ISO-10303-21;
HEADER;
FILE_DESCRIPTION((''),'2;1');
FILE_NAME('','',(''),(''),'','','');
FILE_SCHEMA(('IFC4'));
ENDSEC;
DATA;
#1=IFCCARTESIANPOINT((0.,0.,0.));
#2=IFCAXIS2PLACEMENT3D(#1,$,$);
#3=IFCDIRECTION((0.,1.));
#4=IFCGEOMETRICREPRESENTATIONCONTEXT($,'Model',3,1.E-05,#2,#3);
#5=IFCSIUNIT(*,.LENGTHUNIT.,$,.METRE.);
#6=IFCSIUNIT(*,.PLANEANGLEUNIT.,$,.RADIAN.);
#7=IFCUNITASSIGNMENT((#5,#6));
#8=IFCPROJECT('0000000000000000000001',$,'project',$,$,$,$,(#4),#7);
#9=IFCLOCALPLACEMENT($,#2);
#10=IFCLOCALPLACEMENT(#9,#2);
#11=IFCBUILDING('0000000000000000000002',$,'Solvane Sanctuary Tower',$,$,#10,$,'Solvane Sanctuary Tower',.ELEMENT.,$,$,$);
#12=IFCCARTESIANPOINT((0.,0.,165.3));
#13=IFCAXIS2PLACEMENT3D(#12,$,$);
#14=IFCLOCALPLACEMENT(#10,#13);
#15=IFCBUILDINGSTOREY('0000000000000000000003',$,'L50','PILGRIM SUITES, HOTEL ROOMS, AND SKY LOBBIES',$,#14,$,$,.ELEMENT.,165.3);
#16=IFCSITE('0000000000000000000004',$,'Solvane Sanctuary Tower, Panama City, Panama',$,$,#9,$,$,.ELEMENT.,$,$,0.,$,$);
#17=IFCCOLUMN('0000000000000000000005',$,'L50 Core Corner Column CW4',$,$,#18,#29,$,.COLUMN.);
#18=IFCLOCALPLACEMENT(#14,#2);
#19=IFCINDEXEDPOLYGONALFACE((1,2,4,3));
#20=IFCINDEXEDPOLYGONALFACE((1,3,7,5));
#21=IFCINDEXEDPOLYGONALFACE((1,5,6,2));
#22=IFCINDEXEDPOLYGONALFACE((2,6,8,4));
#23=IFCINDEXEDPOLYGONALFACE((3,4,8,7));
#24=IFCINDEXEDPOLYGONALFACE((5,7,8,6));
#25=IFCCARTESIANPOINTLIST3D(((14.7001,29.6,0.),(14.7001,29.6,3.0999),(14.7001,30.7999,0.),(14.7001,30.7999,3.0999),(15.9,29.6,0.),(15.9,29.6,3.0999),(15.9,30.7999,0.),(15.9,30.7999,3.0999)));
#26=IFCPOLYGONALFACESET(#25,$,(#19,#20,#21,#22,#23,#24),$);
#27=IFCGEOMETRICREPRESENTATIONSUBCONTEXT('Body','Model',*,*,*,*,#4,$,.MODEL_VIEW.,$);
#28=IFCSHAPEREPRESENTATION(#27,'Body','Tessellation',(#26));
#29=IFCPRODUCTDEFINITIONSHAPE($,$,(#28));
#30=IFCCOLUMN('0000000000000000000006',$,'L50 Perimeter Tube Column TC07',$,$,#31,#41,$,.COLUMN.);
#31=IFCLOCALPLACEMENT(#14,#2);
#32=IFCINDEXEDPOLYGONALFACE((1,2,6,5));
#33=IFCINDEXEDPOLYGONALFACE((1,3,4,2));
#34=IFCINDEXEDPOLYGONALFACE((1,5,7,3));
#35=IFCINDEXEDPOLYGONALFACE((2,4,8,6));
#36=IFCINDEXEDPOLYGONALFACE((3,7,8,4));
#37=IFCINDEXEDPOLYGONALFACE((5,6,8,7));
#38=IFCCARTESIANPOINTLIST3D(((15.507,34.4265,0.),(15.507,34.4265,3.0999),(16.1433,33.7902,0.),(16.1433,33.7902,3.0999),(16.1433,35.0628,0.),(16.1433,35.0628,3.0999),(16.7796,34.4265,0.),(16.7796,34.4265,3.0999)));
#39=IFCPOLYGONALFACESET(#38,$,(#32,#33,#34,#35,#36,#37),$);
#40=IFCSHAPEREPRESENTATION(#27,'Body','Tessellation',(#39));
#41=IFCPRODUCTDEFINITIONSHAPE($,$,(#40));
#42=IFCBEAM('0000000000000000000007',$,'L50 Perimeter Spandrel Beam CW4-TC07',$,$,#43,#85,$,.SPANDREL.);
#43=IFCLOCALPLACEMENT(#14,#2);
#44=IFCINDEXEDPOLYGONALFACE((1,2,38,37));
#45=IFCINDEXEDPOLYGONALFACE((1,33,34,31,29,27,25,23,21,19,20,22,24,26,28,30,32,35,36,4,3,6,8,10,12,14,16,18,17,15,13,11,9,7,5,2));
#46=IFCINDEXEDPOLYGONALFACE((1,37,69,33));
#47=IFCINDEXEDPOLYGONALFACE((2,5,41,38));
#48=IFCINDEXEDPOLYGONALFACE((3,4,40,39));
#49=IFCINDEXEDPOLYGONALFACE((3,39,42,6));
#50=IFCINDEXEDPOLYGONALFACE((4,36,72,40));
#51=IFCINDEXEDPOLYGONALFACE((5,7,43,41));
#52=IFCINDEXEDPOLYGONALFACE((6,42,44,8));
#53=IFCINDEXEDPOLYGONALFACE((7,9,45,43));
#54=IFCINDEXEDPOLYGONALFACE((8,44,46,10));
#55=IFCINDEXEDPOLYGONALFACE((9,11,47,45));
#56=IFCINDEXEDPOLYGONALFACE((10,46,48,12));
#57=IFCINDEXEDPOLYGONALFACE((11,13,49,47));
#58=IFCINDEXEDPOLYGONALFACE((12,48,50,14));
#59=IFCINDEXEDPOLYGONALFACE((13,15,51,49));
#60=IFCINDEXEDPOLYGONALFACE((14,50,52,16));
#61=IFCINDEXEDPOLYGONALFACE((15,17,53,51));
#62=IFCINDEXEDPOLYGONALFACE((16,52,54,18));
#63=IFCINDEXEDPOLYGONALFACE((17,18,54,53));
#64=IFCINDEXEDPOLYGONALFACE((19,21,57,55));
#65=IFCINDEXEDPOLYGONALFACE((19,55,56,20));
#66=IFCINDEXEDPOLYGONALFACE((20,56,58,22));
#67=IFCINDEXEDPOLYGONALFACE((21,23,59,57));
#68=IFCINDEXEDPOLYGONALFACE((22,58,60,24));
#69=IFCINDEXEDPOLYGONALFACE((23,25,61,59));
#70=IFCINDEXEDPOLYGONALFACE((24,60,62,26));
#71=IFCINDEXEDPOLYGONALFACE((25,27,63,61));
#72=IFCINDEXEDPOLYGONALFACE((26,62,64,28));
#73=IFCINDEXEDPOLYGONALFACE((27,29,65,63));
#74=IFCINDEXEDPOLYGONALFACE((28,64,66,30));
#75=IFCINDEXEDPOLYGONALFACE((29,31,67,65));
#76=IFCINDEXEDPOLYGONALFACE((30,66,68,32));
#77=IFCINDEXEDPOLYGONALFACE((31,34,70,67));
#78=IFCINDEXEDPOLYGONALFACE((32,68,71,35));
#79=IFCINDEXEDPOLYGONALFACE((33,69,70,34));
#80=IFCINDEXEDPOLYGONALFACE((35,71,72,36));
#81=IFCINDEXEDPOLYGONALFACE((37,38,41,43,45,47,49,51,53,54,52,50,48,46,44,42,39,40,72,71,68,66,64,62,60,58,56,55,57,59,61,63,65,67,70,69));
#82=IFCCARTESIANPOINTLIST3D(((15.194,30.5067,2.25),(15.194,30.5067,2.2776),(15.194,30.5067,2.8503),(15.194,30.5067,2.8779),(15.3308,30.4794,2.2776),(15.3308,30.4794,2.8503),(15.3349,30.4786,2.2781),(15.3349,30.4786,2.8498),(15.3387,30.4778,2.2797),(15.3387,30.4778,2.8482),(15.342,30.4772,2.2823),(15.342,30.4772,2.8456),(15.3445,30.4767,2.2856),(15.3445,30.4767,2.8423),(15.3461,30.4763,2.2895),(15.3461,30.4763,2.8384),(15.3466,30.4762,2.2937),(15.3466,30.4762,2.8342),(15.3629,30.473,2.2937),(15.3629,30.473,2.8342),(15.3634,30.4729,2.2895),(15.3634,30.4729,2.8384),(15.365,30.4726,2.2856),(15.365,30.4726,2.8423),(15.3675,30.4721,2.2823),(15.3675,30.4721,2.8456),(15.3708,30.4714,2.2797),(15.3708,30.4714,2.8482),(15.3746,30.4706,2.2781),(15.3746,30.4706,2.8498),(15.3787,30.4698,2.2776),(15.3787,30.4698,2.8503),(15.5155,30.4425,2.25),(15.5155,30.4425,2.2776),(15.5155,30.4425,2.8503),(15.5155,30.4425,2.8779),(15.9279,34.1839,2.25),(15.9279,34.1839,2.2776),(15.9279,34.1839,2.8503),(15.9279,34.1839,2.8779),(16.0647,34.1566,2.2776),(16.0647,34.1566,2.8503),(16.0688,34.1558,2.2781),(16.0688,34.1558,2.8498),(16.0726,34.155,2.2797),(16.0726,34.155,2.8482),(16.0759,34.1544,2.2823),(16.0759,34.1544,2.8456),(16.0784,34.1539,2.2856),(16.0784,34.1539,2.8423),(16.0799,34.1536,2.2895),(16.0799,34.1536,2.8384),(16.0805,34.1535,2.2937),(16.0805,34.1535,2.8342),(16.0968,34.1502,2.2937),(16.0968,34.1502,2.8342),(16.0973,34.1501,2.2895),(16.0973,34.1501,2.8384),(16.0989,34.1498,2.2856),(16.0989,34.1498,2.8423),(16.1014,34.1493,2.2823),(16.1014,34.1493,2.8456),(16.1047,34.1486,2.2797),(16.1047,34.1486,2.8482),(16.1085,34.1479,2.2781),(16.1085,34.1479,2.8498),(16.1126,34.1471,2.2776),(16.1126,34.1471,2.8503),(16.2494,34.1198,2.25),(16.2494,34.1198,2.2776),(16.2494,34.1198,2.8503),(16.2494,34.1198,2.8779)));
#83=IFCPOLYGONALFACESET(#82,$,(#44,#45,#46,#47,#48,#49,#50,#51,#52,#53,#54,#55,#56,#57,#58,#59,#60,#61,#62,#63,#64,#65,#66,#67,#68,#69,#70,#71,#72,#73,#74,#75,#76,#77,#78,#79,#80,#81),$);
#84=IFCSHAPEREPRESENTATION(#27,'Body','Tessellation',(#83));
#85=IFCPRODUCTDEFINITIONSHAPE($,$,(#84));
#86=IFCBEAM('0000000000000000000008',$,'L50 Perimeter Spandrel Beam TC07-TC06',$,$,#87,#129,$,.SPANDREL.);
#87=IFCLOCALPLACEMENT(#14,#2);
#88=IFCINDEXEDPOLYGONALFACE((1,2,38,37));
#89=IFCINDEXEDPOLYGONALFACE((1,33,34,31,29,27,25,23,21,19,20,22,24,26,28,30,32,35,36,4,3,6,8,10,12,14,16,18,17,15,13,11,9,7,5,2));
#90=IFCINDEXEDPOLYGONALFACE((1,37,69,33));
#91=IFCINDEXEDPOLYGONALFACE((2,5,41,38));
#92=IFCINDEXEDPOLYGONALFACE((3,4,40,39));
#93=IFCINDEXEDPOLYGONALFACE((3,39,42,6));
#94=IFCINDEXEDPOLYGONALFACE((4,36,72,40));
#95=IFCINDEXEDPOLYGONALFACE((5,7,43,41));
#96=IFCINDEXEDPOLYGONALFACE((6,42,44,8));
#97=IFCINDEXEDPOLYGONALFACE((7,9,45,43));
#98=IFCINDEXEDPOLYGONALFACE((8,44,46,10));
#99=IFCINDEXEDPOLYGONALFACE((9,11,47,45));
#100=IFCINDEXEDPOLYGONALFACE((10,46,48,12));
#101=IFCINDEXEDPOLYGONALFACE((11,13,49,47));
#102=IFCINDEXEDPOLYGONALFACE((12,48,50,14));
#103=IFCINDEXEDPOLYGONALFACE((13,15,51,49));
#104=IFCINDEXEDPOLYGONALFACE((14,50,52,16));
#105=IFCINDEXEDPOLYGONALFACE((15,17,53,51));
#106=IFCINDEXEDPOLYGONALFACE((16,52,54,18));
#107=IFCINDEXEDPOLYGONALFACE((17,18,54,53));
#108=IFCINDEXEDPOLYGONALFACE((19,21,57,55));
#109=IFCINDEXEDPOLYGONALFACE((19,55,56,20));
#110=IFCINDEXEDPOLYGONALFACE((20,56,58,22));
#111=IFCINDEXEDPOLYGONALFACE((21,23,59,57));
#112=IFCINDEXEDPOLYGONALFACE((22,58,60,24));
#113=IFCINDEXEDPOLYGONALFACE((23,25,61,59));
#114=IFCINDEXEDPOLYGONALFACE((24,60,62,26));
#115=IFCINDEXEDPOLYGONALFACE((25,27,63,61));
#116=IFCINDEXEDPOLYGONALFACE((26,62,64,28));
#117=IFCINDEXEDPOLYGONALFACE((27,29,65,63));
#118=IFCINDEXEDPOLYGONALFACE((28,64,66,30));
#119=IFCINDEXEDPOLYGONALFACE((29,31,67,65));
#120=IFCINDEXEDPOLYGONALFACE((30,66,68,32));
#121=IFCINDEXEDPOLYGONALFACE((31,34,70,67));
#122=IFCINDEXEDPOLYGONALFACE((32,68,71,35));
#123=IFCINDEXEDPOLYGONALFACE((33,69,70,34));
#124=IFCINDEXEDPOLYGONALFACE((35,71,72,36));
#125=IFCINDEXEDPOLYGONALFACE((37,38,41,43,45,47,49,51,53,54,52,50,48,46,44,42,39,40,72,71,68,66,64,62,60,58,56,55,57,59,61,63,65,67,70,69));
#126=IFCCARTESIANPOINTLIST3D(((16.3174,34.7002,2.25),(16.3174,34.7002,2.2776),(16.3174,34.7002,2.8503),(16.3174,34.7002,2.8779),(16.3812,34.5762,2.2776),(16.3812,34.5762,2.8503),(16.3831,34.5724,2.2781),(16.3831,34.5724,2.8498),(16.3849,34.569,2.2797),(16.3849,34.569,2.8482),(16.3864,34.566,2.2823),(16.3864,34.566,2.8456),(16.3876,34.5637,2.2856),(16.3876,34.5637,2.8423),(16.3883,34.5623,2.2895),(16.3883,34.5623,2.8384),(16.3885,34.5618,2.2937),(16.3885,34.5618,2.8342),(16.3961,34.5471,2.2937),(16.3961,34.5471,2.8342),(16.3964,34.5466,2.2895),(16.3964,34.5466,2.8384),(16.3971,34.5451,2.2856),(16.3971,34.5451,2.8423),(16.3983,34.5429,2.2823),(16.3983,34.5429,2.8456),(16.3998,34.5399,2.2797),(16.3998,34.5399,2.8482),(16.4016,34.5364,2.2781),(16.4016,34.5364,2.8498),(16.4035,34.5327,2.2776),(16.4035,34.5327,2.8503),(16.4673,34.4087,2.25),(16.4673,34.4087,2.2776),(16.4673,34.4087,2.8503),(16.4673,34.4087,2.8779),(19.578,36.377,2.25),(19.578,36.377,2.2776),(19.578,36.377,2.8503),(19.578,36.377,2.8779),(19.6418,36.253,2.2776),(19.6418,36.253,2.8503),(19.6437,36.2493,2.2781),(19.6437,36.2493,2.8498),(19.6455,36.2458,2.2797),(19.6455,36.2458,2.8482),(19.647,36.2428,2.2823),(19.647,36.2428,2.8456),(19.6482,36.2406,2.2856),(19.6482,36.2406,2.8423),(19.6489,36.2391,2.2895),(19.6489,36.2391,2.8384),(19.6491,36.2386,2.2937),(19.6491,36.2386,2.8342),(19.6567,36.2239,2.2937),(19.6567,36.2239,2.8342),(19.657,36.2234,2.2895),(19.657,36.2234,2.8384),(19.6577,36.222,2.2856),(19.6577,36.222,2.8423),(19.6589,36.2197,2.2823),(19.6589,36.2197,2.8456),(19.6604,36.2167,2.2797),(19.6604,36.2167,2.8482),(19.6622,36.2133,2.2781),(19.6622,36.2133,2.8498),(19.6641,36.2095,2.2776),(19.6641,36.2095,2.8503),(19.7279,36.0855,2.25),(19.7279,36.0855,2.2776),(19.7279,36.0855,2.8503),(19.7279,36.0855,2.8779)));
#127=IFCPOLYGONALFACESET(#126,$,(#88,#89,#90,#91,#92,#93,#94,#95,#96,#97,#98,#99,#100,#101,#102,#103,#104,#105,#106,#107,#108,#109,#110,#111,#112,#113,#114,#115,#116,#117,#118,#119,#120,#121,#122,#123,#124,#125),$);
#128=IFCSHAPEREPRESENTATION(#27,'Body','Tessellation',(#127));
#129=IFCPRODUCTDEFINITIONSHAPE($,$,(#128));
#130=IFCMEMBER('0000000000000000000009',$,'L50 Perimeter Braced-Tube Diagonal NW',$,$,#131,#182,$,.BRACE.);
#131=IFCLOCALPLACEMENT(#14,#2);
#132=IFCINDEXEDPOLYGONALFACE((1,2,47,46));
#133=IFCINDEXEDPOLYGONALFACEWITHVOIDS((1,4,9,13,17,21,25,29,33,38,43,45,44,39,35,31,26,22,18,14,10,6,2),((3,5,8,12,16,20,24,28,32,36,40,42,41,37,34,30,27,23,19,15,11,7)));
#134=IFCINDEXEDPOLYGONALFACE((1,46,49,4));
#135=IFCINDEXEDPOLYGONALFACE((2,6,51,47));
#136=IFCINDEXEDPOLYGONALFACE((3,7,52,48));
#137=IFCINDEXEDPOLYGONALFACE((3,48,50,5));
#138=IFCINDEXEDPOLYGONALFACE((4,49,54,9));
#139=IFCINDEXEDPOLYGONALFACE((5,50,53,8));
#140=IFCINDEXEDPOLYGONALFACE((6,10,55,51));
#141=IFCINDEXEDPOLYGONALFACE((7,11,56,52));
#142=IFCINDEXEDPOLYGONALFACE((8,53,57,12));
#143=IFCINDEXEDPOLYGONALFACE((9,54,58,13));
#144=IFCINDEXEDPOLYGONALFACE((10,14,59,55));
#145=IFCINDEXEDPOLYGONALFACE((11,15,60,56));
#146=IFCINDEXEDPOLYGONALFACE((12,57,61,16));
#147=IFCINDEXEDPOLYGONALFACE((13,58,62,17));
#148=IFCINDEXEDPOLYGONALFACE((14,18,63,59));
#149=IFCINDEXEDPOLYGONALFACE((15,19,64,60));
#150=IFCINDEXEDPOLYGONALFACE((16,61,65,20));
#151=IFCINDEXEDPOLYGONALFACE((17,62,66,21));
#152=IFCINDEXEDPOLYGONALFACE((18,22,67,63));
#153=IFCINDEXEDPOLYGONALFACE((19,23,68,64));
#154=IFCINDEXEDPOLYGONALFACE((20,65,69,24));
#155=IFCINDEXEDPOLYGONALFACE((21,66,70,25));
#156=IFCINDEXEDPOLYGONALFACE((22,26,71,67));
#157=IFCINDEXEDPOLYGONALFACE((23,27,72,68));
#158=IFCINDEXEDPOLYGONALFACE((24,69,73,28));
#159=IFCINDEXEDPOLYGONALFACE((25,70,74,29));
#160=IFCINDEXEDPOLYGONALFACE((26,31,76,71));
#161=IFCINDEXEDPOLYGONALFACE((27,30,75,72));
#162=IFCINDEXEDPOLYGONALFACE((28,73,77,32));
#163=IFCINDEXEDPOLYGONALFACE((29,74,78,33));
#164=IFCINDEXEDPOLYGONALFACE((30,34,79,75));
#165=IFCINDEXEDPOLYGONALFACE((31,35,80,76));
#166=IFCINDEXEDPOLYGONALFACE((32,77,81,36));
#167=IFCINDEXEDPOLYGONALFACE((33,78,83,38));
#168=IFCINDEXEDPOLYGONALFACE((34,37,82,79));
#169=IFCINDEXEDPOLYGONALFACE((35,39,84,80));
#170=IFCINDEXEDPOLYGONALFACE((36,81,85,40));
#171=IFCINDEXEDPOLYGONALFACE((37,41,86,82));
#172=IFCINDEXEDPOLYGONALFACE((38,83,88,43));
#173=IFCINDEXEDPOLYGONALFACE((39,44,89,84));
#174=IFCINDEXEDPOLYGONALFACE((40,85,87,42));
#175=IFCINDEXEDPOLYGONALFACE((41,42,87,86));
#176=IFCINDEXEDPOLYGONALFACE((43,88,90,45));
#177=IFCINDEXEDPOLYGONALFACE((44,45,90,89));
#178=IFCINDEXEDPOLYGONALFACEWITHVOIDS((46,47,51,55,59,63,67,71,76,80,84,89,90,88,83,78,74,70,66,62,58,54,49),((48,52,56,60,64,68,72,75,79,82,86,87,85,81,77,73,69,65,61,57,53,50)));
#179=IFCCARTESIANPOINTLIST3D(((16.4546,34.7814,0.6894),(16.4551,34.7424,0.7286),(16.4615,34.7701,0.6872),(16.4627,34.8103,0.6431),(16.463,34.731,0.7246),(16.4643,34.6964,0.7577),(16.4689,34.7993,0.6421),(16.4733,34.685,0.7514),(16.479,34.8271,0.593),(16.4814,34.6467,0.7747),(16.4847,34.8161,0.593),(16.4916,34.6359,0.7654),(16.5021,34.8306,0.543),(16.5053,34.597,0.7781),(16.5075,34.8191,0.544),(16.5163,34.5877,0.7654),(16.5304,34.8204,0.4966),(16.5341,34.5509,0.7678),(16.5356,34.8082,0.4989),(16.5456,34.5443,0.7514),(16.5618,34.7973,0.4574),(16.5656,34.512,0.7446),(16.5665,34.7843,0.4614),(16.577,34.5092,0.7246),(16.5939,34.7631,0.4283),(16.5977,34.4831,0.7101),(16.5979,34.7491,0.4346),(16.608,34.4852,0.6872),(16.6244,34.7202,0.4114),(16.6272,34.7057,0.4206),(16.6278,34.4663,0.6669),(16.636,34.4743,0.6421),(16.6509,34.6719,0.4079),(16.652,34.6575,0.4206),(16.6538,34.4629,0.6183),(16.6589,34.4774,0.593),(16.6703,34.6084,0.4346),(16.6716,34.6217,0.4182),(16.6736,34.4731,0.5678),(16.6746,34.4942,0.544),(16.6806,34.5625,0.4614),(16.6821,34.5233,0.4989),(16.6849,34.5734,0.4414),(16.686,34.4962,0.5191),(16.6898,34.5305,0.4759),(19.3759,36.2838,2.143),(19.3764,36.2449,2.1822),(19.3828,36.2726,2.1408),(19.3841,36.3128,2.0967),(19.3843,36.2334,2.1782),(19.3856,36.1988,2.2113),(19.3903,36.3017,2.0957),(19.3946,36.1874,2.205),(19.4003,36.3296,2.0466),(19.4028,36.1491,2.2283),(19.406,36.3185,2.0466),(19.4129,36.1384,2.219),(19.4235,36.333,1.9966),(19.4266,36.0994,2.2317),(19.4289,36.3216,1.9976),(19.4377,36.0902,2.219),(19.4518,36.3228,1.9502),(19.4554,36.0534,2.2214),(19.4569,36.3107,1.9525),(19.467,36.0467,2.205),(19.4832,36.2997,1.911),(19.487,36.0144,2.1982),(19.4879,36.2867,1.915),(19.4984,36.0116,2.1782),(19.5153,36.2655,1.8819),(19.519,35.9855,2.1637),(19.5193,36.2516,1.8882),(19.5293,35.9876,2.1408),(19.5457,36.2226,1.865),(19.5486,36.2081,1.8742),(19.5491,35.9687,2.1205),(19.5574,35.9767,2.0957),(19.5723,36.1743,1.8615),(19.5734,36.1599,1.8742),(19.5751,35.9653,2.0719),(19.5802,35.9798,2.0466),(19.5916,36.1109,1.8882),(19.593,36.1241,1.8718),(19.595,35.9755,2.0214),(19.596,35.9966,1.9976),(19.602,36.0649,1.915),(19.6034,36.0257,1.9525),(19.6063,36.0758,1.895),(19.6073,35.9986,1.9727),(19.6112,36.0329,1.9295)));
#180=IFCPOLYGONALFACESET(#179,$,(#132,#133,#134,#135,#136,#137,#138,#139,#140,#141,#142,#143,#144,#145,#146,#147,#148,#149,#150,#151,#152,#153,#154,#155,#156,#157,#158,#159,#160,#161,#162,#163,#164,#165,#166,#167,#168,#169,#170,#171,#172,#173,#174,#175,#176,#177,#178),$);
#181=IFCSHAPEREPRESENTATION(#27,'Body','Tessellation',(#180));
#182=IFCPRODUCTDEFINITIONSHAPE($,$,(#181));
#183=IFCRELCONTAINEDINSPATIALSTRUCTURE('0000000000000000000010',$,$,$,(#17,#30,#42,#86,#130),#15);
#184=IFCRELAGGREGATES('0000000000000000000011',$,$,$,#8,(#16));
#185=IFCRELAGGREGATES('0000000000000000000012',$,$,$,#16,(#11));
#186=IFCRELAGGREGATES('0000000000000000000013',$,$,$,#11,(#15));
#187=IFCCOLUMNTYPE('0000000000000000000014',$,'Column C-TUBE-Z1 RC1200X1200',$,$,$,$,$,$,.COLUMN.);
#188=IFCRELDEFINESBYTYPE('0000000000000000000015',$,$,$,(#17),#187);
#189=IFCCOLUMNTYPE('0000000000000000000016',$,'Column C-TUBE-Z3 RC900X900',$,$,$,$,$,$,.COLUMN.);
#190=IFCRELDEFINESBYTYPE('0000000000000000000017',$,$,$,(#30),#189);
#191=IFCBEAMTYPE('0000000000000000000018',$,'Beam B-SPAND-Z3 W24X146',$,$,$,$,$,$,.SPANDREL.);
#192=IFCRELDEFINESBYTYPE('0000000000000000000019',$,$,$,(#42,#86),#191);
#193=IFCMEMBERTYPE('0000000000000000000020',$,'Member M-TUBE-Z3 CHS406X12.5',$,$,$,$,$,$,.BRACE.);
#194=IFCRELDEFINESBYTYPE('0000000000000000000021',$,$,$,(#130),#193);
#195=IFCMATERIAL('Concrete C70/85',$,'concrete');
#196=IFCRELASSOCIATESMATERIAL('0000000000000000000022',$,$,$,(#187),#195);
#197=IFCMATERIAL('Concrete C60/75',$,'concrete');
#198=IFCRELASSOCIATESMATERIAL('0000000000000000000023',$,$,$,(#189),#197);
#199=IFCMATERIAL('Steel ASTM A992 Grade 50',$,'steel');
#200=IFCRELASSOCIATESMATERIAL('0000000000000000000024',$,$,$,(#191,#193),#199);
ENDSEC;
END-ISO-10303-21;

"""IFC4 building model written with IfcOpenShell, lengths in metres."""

from ifc_helpers import new_model, si_unit, direction, frame, origin, origin_2d, place, context, subcontext, project, spatial, rectangle, hollow_circle, i_section, extrude, material, material_profile, profile_set, type_object, element, save


model = new_model("IFC4")

# Units and contexts
model_context = context("Model", 3, precision=1e-05, world=origin(), true_north=direction((0.0, 1.0)))
body_context = subcontext(model_context, "Body", "Model", "MODEL_VIEW")
ifc_project = project(units=[si_unit("LENGTHUNIT", "METRE"), si_unit("PLANEANGLEUNIT", "RADIAN")], contexts=[model_context])

# Site, building, storey
site_placement = place(None, origin())
site = spatial("IfcSite", under=ifc_project, at=site_placement, Name="Solvane Sanctuary Tower, Panama City, Panama", CompositionType="ELEMENT", RefElevation=0.0)
building_placement = place(site_placement, origin())
building = spatial("IfcBuilding", under=site, at=building_placement, Name="Solvane Sanctuary Tower", LongName="Solvane Sanctuary Tower", CompositionType="ELEMENT")
storey_placement = place(building_placement, frame((0.0, 0.0, 165.3)))
storey = spatial("IfcBuildingStorey", under=building, at=storey_placement, Name="L50", Description="PILGRIM SUITES, HOTEL ROOMS, AND SKY LOBBIES", CompositionType="ELEMENT", Elevation=165.3)

# Columns
ifc_material_1 = material(Name="Concrete C70/85", Category="concrete")
ifc_material_profile_1 = material_profile(ifc_material_1, rectangle(XDim=1.2, YDim=1.2, at=origin_2d()), Name="RC1200X1200")
ifc_profile_set_1 = profile_set([ifc_material_profile_1], Name="Concrete C70/85")
column_type_1 = type_object("IfcColumnType", Name="Column C-TUBE-Z1 RC1200X1200", PredefinedType="COLUMN", material=ifc_profile_set_1)
column_1_placement = place(storey_placement, frame((15.3, 30.2, 0.0), z_axis=(0.0, 0.0, 1.0), x_axis=(1.0, 0.0, 0.0)))
element("IfcColumn", 1, at=column_1_placement, inside=storey, type_object=column_type_1, Name="L50 Core Corner Column CW4", PredefinedType="COLUMN", context=body_context, shape_type="SweptSolid", body=[
    extrude(rectangle(XDim=1.2, YDim=1.2, at=origin_2d()), origin(), (0.0, 0.0, 1.0), 3.0999),
])
ifc_material_2 = material(Name="Concrete C60/75", Category="concrete")
ifc_material_profile_2 = material_profile(ifc_material_2, rectangle(XDim=0.8999, YDim=0.8999, at=origin_2d()), Name="RC900X900")
ifc_profile_set_2 = profile_set([ifc_material_profile_2], Name="Concrete C60/75")
column_type_2 = type_object("IfcColumnType", Name="Column C-TUBE-Z3 RC900X900", PredefinedType="COLUMN", material=ifc_profile_set_2)
column_2_placement = place(storey_placement, frame((16.1433, 34.4265, 0.0), z_axis=(0.0, 0.0, 1.0), x_axis=(-0.707107, 0.707107, 0.0)))
element("IfcColumn", 2, at=column_2_placement, inside=storey, type_object=column_type_2, Name="L50 Perimeter Tube Column TC07", PredefinedType="COLUMN", context=body_context, shape_type="SweptSolid", body=[
    extrude(rectangle(XDim=0.8999, YDim=0.8999, at=origin_2d()), origin(), (0.0, 0.0, 1.0), 3.0999),
])

# Beams
ifc_material_3 = material(Name="Steel ASTM A992 Grade 50", Category="steel")
ifc_material_profile_3 = material_profile(ifc_material_3, i_section(OverallWidth=0.3279, OverallDepth=0.6279, WebThickness=0.0166, FlangeThickness=0.0276, FilletRadius=0.0161, at=origin_2d()), Name="W24X146")
ifc_profile_set_3 = profile_set([ifc_material_profile_3], Name="Steel ASTM A992 Grade 50")
beam_type = type_object("IfcBeamType", Name="Beam B-SPAND-Z3 W24X146", PredefinedType="SPANDREL", material=ifc_profile_set_3)
beam_1_placement = place(storey_placement, frame((15.3547, 30.4746, 2.564), z_axis=(0.195715, 0.980661, 0.0), x_axis=(-0.980661, 0.195715, 0.0)))
element("IfcBeam", 3, at=beam_1_placement, inside=storey, type_object=beam_type, Name="L50 Perimeter Spandrel Beam CW4-TC07", PredefinedType="SPANDREL", context=body_context, shape_type="SweptSolid", body=[
    extrude(i_section(OverallWidth=0.3279, OverallDepth=0.6279, WebThickness=0.0166, FlangeThickness=0.0276, FilletRadius=0.0161, at=origin_2d()), origin(), (0.0, 0.0, 1.0), 3.7498),
])
beam_2_placement = place(storey_placement, frame((16.3923, 34.5544, 2.564), z_axis=(0.889296, 0.457333, 0.0), x_axis=(-0.457333, 0.889296, 0.0)))
element("IfcBeam", 4, at=beam_2_placement, inside=storey, type_object=beam_type, Name="L50 Perimeter Spandrel Beam TC07-TC06", PredefinedType="SPANDREL", context=body_context, shape_type="SweptSolid", body=[
    extrude(i_section(OverallWidth=0.3279, OverallDepth=0.6279, WebThickness=0.0166, FlangeThickness=0.0276, FilletRadius=0.0161, at=origin_2d()), origin(), (0.0, 0.0, 1.0), 3.6665),
])

# Member
ifc_material_profile_4 = material_profile(ifc_material_3, hollow_circle(Radius=0.2029, WallThickness=0.0125, at=origin_2d()), Name="CHS406X12.5")
ifc_profile_set_4 = profile_set([ifc_material_profile_4], Name="Steel ASTM A992 Grade 50")
member_type = type_object("IfcMemberType", Name="Member M-TUBE-Z3 CHS406X12.5", PredefinedType="BRACE", material=ifc_profile_set_4)
member_placement = place(storey_placement, frame((16.5718, 34.6467, 0.593), z_axis=(0.813229, 0.418236, 0.404644), x_axis=(-0.457351, 0.889286, 0.0)))
element("IfcMember", 5, at=member_placement, inside=storey, type_object=member_type, Name="L50 Perimeter Braced-Tube Diagonal NW", PredefinedType="BRACE", context=body_context, shape_type="SweptSolid", body=[
    extrude(hollow_circle(Radius=0.2029, WallThickness=0.0125, at=origin_2d()), origin(), (0.0, 0.0, 1.0), 3.5923),
])

save(model, "model.ifc")
